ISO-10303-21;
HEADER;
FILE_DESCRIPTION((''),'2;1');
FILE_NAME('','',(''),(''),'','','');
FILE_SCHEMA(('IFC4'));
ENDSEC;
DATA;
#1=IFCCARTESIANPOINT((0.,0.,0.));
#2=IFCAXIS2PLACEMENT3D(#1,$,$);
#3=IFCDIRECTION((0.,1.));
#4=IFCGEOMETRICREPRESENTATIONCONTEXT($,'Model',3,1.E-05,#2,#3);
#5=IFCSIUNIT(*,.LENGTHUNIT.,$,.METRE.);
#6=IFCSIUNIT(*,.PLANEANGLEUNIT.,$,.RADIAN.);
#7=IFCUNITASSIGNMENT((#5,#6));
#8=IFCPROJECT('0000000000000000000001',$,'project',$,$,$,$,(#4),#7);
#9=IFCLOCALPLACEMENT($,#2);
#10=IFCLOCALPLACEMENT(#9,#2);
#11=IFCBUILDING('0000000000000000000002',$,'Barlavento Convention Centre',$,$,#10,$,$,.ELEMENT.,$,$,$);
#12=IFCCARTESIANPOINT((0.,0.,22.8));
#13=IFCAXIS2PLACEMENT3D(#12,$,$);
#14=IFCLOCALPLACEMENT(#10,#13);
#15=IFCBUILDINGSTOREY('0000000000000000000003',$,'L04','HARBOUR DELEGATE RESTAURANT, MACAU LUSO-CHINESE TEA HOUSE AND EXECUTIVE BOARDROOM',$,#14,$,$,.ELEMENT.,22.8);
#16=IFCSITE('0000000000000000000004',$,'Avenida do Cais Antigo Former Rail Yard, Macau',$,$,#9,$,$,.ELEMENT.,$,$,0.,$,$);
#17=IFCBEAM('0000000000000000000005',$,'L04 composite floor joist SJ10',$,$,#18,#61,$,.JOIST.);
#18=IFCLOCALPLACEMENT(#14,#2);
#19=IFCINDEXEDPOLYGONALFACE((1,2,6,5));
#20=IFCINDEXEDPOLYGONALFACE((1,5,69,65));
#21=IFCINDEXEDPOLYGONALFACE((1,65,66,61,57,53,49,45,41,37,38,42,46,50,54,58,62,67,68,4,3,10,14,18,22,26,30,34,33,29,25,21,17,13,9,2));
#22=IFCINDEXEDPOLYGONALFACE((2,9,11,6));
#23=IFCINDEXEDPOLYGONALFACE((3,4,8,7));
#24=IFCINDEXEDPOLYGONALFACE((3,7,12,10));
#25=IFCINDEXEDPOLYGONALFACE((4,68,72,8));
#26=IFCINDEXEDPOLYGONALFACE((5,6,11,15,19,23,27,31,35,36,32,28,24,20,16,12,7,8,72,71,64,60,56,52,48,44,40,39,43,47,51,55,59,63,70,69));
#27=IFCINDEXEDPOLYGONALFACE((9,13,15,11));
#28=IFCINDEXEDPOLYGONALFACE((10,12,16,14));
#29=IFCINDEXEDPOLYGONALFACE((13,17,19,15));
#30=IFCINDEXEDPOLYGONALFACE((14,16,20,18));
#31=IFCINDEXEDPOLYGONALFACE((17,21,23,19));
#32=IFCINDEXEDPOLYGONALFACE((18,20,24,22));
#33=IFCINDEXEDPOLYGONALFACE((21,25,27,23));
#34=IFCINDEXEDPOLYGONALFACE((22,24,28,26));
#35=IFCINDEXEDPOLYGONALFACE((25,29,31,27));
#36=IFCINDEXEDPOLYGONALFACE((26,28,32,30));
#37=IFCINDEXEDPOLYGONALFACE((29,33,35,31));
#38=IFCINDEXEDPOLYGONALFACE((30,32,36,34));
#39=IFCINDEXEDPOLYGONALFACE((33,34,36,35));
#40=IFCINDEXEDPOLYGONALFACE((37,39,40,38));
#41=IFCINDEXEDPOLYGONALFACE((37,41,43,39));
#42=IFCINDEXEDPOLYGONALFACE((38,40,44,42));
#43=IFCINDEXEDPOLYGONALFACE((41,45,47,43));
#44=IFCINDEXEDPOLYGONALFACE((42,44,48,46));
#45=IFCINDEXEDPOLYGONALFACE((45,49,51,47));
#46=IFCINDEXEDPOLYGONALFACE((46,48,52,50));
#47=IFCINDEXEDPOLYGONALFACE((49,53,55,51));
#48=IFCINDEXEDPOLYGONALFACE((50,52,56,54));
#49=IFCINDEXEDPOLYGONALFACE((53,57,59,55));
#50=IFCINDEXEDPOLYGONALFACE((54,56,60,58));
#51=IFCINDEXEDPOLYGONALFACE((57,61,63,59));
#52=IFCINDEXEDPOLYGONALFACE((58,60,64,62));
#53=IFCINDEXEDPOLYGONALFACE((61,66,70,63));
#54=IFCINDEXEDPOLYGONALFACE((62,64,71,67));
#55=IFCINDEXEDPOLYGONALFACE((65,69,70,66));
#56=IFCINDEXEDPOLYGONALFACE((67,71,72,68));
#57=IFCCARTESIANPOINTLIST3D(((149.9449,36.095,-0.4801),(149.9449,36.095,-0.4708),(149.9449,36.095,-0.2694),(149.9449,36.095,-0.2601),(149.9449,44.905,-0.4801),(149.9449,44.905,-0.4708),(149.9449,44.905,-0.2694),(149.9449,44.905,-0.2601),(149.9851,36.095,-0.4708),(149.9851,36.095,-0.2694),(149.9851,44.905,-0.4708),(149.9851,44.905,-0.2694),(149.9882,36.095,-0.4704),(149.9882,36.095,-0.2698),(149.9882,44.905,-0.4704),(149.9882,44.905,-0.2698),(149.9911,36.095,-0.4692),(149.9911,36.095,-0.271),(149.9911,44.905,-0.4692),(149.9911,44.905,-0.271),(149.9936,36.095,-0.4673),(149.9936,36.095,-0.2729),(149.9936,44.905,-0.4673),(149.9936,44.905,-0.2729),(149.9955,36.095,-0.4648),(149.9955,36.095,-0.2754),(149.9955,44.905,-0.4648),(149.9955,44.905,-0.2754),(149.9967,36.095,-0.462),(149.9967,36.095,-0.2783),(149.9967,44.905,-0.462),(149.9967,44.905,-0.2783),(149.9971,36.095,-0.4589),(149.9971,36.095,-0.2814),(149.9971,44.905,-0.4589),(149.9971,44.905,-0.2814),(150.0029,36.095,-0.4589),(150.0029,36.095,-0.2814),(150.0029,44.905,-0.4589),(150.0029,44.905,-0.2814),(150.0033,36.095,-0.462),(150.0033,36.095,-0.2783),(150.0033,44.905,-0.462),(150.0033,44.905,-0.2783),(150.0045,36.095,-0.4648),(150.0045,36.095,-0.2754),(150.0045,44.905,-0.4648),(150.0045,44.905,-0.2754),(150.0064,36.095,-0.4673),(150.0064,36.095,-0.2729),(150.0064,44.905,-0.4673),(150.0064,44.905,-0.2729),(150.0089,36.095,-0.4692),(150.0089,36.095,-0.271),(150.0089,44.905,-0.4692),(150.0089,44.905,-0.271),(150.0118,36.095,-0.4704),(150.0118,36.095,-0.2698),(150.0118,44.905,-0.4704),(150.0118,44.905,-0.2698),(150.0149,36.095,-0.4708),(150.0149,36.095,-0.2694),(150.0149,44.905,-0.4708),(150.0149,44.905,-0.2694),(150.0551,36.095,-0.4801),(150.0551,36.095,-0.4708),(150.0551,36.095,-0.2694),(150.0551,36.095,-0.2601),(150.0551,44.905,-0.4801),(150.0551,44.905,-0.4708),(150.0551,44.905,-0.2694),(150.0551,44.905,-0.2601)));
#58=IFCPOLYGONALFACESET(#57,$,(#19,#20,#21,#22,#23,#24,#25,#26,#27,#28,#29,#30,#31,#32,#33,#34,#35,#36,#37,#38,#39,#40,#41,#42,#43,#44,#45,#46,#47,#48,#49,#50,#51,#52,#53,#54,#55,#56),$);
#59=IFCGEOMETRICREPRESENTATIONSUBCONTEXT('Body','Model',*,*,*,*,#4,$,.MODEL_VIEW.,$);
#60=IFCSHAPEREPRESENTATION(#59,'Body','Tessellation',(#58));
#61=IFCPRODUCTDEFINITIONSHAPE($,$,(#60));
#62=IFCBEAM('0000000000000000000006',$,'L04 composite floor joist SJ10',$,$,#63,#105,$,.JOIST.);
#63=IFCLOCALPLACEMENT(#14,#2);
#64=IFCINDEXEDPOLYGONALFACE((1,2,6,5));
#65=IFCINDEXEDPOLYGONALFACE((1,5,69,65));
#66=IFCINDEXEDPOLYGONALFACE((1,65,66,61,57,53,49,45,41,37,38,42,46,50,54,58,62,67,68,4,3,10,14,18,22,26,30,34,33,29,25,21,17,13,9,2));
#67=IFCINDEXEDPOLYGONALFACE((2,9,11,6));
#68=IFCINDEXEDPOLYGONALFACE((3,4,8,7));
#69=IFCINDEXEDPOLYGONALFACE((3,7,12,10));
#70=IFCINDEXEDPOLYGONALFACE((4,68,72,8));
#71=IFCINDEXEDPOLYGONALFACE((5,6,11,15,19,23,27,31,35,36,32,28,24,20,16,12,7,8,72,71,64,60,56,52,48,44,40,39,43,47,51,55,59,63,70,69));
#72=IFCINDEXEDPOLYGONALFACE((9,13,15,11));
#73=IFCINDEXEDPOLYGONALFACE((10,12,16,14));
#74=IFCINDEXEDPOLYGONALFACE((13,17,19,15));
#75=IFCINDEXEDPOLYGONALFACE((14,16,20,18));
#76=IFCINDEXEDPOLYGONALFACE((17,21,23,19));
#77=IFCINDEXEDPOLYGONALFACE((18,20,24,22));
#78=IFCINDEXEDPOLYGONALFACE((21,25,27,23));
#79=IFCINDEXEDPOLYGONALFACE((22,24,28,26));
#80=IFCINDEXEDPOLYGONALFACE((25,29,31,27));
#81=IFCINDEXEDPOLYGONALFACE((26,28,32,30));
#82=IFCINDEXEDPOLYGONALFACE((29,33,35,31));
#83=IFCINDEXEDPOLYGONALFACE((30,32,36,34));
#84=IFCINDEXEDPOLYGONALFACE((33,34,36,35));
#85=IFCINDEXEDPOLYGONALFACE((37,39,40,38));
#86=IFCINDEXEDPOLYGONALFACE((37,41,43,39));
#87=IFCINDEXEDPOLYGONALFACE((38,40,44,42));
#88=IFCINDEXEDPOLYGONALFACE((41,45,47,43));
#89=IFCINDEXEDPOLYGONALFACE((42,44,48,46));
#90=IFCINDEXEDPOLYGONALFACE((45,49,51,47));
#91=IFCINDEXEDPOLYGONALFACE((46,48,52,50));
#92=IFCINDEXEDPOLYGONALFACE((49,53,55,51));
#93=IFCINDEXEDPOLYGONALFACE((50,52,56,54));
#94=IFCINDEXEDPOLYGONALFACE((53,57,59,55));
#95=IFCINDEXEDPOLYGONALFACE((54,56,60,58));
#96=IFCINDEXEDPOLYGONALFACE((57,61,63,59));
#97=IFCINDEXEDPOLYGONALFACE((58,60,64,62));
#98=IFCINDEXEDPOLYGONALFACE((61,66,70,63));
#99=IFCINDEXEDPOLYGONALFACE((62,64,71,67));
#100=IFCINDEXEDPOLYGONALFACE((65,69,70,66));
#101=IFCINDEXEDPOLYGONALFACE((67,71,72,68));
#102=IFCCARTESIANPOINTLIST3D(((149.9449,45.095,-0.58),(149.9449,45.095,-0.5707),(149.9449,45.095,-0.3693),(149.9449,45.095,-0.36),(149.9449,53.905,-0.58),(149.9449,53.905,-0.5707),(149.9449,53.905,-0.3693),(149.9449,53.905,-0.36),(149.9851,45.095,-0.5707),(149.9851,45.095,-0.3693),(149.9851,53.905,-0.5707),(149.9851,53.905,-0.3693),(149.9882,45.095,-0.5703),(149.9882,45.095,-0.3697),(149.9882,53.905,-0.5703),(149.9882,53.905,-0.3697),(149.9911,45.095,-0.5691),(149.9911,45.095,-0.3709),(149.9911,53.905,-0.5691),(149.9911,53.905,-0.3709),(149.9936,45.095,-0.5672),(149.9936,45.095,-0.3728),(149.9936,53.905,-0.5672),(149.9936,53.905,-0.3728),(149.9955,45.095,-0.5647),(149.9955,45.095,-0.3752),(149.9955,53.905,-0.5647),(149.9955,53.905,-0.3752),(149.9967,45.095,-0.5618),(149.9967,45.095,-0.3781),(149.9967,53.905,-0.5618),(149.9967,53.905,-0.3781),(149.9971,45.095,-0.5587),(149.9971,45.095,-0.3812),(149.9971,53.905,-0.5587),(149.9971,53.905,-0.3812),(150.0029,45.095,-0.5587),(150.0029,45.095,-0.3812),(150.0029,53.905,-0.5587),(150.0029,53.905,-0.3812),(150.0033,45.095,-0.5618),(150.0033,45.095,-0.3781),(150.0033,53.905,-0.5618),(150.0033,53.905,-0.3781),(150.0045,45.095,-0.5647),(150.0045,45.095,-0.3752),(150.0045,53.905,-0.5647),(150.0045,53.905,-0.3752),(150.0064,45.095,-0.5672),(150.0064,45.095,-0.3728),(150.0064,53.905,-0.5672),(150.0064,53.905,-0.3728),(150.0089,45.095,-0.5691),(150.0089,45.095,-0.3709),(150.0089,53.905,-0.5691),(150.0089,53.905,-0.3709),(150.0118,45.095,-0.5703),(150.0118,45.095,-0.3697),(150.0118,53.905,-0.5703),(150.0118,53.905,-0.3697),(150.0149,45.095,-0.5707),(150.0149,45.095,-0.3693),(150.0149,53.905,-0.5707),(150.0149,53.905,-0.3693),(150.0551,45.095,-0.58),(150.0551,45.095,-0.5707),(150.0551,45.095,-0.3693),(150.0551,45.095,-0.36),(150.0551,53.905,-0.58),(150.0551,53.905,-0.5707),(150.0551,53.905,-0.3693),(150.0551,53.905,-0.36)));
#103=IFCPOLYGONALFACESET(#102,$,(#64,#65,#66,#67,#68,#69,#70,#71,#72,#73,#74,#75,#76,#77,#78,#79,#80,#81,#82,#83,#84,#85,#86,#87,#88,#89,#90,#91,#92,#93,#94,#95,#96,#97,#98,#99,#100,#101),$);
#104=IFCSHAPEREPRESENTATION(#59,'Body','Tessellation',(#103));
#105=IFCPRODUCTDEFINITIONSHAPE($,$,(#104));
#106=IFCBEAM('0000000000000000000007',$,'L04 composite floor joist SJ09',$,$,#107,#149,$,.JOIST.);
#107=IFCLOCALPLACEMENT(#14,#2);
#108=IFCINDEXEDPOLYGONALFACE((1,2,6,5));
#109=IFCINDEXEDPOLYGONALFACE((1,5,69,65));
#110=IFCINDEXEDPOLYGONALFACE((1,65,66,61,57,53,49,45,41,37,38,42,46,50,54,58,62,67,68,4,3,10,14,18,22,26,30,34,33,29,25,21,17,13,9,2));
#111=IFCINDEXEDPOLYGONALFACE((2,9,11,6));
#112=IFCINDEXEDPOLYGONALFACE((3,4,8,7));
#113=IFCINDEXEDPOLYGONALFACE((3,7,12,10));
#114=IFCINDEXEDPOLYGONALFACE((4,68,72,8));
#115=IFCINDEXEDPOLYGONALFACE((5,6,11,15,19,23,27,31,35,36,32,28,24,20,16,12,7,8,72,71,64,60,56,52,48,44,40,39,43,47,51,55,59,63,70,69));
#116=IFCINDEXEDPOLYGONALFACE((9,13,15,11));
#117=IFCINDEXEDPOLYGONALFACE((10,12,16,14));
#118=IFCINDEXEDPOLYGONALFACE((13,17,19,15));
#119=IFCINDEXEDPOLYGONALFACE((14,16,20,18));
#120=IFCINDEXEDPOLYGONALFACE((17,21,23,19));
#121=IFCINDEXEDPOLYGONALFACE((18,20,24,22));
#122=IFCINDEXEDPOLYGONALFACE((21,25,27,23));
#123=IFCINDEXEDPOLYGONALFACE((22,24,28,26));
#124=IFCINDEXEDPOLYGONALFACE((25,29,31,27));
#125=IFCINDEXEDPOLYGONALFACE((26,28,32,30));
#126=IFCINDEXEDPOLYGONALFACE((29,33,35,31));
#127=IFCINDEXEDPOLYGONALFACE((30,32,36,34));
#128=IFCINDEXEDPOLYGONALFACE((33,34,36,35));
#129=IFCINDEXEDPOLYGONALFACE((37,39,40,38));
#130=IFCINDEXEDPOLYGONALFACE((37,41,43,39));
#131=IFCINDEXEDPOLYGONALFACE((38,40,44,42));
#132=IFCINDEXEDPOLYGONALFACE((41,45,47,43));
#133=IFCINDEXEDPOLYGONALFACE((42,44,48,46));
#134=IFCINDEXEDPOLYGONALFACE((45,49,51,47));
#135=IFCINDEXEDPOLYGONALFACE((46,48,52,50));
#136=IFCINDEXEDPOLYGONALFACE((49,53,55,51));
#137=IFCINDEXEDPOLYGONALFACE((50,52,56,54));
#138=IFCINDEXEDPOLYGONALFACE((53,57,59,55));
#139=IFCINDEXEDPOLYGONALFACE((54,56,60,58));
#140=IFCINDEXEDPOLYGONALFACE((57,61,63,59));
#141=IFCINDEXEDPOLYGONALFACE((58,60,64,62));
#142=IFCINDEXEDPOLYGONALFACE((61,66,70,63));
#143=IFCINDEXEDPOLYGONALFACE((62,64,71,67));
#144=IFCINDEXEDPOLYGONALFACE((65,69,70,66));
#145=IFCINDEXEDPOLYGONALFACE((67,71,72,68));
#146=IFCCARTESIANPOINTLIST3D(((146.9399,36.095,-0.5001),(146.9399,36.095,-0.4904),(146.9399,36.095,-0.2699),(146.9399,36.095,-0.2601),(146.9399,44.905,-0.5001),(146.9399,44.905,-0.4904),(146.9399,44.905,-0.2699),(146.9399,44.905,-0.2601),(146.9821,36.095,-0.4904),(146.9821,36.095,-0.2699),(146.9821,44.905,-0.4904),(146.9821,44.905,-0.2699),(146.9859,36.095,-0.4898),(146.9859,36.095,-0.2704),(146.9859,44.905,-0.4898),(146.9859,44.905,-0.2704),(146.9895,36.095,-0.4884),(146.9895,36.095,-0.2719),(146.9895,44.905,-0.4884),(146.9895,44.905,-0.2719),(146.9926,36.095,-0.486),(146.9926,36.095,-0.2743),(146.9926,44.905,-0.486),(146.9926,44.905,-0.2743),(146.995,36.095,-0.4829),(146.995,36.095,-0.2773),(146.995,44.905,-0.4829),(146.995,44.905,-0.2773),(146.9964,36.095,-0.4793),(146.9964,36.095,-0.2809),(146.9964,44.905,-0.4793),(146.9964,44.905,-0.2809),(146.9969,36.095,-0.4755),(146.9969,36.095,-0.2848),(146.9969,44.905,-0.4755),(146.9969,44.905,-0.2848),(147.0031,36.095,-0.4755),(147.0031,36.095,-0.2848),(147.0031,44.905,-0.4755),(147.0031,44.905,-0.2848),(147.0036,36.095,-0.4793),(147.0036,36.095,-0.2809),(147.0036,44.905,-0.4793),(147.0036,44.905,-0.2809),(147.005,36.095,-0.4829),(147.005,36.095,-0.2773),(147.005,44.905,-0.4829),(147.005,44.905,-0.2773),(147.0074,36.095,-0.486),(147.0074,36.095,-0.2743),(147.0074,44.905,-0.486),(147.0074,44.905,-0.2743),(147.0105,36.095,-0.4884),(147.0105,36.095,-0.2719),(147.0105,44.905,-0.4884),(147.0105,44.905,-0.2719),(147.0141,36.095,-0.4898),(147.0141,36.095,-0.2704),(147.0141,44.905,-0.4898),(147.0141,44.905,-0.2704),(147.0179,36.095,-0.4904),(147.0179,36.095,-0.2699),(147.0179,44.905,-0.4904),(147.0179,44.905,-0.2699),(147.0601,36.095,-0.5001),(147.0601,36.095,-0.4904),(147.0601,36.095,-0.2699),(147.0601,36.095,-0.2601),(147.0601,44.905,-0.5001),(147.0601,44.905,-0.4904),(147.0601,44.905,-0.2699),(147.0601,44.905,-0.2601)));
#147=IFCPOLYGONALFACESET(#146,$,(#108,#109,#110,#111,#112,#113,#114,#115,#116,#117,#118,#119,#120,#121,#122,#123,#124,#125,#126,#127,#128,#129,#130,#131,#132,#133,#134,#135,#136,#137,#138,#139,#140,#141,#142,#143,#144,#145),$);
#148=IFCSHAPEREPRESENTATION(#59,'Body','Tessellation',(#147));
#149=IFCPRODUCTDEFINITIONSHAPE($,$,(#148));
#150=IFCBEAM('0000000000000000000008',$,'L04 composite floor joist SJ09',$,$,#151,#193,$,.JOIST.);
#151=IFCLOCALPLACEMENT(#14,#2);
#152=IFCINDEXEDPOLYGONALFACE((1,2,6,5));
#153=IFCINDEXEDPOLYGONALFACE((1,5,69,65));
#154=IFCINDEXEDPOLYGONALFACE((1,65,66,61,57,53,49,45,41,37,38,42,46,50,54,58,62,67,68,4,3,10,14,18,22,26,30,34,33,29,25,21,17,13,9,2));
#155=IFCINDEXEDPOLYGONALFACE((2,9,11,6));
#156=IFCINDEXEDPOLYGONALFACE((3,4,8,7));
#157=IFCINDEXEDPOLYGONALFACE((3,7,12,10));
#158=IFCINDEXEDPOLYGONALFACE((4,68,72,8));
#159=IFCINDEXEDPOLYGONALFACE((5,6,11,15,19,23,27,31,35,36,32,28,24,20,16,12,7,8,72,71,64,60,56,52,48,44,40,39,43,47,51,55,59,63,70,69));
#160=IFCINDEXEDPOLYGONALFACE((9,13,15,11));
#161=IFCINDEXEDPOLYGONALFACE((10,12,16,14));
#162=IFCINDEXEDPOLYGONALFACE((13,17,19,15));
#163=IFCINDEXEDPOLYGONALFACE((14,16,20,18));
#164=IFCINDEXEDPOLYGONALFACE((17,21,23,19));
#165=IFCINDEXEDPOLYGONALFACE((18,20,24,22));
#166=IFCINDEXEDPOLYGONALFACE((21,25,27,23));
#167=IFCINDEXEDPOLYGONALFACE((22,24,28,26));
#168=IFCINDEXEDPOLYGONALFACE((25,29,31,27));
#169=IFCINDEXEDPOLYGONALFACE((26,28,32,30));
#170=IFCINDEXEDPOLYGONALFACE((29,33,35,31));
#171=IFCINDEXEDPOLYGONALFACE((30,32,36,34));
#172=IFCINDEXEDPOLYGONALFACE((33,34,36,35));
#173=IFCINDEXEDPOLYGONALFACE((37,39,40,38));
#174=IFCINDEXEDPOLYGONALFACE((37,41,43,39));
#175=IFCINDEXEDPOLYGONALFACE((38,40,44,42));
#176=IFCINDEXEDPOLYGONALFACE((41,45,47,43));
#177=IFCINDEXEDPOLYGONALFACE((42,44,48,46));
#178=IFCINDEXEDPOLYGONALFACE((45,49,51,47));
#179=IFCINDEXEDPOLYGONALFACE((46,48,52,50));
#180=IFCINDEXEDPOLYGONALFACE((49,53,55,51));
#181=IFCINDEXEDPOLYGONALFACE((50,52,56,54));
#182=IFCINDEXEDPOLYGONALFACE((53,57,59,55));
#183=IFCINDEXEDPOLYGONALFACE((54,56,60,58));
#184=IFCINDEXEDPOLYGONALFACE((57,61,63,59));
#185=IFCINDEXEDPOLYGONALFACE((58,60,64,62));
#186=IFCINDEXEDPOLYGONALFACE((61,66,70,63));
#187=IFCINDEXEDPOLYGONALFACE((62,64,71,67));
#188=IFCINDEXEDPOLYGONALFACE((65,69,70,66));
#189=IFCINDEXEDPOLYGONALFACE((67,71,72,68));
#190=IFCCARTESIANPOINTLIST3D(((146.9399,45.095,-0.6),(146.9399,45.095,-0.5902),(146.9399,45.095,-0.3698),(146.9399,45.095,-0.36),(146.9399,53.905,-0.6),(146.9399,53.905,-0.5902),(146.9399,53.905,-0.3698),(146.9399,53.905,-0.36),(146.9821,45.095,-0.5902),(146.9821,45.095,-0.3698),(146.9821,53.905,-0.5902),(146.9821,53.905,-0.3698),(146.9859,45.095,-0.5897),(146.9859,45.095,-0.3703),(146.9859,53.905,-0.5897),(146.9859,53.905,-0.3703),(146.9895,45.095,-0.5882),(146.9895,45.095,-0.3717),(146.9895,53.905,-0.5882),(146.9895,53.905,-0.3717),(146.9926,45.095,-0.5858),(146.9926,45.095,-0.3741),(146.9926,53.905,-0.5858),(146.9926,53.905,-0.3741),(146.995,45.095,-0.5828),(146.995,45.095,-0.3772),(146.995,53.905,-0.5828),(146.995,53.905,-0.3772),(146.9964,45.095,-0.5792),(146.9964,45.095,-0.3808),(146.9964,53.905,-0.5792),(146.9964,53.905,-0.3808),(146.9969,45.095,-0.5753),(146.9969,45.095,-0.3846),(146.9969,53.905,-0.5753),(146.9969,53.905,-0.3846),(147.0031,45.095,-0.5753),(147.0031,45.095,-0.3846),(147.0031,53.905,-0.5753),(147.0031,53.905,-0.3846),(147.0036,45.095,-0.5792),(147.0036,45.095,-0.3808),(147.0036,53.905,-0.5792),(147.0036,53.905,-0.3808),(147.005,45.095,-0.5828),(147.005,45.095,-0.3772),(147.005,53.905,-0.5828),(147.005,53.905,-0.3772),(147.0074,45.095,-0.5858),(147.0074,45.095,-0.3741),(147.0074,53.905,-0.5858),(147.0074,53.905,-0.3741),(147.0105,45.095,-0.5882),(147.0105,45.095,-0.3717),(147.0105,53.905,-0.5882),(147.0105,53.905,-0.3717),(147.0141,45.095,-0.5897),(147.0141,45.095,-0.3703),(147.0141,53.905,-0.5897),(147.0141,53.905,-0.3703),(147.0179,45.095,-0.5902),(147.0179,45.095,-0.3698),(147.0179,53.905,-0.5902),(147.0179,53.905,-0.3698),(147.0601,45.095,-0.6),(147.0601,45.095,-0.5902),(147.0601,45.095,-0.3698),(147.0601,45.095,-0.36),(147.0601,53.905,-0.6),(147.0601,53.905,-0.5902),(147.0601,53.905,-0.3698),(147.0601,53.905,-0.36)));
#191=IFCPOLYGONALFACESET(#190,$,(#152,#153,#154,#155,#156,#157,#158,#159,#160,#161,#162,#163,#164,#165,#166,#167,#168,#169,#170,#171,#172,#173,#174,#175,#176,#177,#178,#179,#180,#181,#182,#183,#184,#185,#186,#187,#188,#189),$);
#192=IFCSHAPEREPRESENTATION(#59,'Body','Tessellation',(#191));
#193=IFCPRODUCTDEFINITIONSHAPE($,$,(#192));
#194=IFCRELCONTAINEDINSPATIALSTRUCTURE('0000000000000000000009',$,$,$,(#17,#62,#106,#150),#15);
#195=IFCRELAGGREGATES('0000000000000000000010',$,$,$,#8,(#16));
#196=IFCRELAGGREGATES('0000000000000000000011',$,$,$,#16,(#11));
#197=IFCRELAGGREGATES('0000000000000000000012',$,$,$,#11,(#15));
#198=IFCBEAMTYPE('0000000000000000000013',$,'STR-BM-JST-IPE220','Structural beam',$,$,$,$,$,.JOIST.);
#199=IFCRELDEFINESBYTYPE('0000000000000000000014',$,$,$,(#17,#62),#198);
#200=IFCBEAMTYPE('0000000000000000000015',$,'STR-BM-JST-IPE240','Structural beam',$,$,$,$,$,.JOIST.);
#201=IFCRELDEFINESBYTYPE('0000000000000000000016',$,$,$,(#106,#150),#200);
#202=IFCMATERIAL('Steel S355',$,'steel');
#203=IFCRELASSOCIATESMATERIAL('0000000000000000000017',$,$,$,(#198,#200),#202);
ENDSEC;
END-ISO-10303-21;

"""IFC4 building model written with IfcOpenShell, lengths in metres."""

from ifc_helpers import new_model, si_unit, direction, frame, origin, origin_2d, place, context, subcontext, project, spatial, i_section, extrude, material, material_profile, profile_set, type_object, element, save


model = new_model("IFC4")

# Units and contexts
model_context = context("Model", 3, precision=1e-05, world=origin(), true_north=direction((0.0, 1.0)))
body_context = subcontext(model_context, "Body", "Model", "MODEL_VIEW")
ifc_project = project(units=[si_unit("LENGTHUNIT", "METRE"), si_unit("PLANEANGLEUNIT", "RADIAN")], contexts=[model_context])

# Site, building, storey
site_placement = place(None, origin())
site = spatial("IfcSite", under=ifc_project, at=site_placement, Name="Avenida do Cais Antigo Former Rail Yard, Macau", CompositionType="ELEMENT", RefElevation=0.0)
building_placement = place(site_placement, origin())
building = spatial("IfcBuilding", under=site, at=building_placement, Name="Barlavento Convention Centre", CompositionType="ELEMENT")
storey_placement = place(building_placement, frame((0.0, 0.0, 22.8)))
storey = spatial("IfcBuildingStorey", under=building, at=storey_placement, Name="L04", Description="HARBOUR DELEGATE RESTAURANT, MACAU LUSO-CHINESE TEA HOUSE AND EXECUTIVE BOARDROOM", CompositionType="ELEMENT", Elevation=22.8)

# Beams
ifc_material_1 = material(Name="Steel S355", Category="steel")
ifc_material_profile_1 = material_profile(ifc_material_1, i_section(OverallWidth=0.1101, OverallDepth=0.22, WebThickness=0.0059, FlangeThickness=0.0093, FilletRadius=0.012, at=origin_2d()), Name="IPE 220")
ifc_profile_set_1 = profile_set([ifc_material_profile_1], Name="Steel S355")
beam_type_1 = type_object("IfcBeamType", Name="STR-BM-JST-IPE220", Description="Structural beam", PredefinedType="JOIST", material=ifc_profile_set_1)
for number, where, z_axis, x_axis, name in (
    (1, (150.0, 36.095, -0.3701), (0.0, 1.0, 0.0), (-1.0, 0.0, 0.0), "L04 composite floor joist SJ10"),
    (2, (150.0, 45.095, -0.47), (0.0, 1.0, 0.0), (-1.0, 0.0, 0.0), "L04 composite floor joist SJ10"),
):
    element("IfcBeam", number, at=place(storey_placement, frame(where, z_axis=z_axis, x_axis=x_axis)), inside=storey, type_object=beam_type_1, Name=name, PredefinedType="JOIST", context=body_context, shape_type="SweptSolid", body=[
        extrude(i_section(OverallWidth=0.1101, OverallDepth=0.22, WebThickness=0.0059, FlangeThickness=0.0093, FilletRadius=0.012, at=origin_2d()), origin(), (0.0, 0.0, 1.0), 8.8101),
    ])
ifc_material_profile_2 = material_profile(ifc_material_1, i_section(OverallWidth=0.1201, OverallDepth=0.24, WebThickness=0.0061, FlangeThickness=0.0098, FilletRadius=0.0149, at=origin_2d()), Name="IPE 240")
ifc_profile_set_2 = profile_set([ifc_material_profile_2], Name="Steel S355")
beam_type_2 = type_object("IfcBeamType", Name="STR-BM-JST-IPE240", Description="Structural beam", PredefinedType="JOIST", material=ifc_profile_set_2)
for number, where, z_axis, x_axis, name in (
    (3, (147.0, 36.095, -0.3801), (0.0, 1.0, 0.0), (-1.0, 0.0, 0.0), "L04 composite floor joist SJ09"),
    (4, (147.0, 45.095, -0.48), (0.0, 1.0, 0.0), (-1.0, 0.0, 0.0), "L04 composite floor joist SJ09"),
):
    element("IfcBeam", number, at=place(storey_placement, frame(where, z_axis=z_axis, x_axis=x_axis)), inside=storey, type_object=beam_type_2, Name=name, PredefinedType="JOIST", context=body_context, shape_type="SweptSolid", body=[
        extrude(i_section(OverallWidth=0.1201, OverallDepth=0.24, WebThickness=0.0061, FlangeThickness=0.0098, FilletRadius=0.0149, at=origin_2d()), origin(), (0.0, 0.0, 1.0), 8.8101),
    ])

save(model, "model.ifc")
